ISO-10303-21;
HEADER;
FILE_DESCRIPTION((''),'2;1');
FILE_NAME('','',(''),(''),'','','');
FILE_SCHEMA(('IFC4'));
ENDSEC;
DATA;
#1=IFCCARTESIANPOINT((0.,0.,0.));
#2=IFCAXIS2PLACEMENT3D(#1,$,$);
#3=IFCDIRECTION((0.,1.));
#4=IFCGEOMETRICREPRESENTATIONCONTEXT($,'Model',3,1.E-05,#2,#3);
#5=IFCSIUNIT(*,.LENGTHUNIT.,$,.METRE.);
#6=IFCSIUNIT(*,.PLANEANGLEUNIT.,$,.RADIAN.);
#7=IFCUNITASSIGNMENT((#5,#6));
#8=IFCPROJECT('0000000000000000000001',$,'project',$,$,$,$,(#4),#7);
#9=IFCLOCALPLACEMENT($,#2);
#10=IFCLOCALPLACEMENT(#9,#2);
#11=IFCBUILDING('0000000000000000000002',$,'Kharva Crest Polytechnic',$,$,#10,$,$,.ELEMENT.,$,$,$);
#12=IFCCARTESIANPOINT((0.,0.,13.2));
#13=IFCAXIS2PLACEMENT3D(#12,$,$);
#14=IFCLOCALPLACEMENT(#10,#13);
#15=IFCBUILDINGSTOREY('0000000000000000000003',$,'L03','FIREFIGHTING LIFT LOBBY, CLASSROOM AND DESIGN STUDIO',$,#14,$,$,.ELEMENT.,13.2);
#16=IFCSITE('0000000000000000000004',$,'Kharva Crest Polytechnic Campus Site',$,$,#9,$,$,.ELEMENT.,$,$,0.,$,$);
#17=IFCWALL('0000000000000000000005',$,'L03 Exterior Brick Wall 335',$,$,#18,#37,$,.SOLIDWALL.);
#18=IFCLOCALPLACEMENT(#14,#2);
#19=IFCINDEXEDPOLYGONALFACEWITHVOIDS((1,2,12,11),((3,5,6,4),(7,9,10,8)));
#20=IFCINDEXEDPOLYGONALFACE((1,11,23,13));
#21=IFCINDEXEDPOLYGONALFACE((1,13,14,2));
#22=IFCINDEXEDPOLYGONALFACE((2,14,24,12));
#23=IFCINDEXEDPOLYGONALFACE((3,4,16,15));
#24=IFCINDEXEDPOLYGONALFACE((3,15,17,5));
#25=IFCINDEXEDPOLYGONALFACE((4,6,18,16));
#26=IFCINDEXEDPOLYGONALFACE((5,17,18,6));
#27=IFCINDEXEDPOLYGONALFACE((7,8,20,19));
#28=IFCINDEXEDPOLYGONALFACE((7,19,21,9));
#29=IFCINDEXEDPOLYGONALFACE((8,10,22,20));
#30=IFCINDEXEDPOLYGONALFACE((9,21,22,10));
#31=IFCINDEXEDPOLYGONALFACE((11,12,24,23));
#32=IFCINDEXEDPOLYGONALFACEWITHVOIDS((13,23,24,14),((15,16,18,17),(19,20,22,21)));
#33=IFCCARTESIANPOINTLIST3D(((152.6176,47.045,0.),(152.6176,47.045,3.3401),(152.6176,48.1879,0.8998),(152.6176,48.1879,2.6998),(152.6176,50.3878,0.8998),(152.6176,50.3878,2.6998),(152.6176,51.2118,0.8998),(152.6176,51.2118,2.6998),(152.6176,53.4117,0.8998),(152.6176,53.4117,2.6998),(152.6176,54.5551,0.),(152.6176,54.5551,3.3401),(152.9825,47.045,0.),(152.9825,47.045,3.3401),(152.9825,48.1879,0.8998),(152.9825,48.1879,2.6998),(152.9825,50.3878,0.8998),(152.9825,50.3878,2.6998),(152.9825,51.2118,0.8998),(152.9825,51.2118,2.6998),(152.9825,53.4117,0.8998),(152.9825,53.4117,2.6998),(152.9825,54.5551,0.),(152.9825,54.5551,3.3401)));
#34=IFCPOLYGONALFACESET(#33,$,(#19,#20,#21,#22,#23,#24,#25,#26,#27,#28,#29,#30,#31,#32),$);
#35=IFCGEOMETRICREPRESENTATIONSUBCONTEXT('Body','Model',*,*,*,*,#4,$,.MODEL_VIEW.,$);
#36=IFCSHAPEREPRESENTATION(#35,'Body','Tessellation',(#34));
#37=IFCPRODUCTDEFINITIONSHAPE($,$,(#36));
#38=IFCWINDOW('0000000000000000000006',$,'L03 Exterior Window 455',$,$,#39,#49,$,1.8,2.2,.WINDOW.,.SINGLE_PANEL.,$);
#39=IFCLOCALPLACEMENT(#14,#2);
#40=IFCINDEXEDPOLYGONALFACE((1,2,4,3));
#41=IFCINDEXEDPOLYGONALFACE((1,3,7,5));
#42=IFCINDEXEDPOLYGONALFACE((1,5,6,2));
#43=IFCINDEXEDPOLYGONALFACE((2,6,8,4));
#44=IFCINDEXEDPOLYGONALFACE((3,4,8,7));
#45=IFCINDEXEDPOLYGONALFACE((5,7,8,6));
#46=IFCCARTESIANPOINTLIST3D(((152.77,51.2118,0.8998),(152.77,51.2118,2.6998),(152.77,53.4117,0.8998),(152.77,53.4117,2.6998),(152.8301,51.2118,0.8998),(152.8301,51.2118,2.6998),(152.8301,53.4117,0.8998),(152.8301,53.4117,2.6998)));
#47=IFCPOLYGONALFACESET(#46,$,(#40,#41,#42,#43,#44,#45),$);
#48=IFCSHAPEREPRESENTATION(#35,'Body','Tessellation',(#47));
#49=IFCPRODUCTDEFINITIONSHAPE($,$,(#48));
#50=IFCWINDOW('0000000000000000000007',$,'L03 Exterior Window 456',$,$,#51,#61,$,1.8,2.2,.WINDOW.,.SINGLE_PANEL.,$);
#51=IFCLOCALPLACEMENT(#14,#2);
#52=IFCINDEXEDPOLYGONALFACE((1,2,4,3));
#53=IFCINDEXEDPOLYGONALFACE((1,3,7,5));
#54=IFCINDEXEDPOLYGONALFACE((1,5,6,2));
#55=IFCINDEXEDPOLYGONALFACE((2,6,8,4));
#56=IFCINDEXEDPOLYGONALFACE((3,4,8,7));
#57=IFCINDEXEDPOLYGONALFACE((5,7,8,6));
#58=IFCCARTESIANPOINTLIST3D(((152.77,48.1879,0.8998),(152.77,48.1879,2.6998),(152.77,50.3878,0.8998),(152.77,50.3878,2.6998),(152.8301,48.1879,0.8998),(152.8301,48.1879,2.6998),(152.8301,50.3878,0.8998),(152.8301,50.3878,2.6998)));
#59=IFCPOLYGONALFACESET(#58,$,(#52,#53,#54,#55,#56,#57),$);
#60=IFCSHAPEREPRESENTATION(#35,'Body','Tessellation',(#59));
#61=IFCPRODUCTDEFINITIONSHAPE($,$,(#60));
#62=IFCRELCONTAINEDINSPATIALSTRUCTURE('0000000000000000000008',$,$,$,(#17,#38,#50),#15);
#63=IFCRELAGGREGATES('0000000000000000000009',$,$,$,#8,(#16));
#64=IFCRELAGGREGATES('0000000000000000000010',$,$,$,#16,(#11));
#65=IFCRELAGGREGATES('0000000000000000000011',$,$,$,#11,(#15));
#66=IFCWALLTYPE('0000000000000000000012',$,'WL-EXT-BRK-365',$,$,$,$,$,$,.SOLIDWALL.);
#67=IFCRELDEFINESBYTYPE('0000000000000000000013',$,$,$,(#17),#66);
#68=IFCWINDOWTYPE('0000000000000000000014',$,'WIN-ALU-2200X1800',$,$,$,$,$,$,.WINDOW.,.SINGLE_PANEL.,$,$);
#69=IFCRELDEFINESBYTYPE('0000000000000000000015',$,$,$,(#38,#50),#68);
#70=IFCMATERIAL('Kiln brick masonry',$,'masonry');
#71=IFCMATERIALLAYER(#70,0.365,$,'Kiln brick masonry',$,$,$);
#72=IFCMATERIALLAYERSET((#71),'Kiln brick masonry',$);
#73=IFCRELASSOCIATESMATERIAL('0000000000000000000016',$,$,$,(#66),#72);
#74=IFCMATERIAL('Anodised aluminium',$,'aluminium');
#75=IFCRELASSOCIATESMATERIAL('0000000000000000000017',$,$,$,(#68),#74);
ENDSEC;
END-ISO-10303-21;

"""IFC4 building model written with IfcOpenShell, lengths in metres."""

from ifc_helpers import new_model, si_unit, direction, frame, frame_2d, origin, place, context, subcontext, project, spatial, rectangle, extrude, material, layer, layer_set, type_object, element, fill, save


model = new_model("IFC4")

# Units and contexts
model_context = context("Model", 3, precision=1e-05, world=origin(), true_north=direction((0.0, 1.0)))
body_context = subcontext(model_context, "Body", "Model", "MODEL_VIEW")
ifc_project = project(units=[si_unit("LENGTHUNIT", "METRE"), si_unit("PLANEANGLEUNIT", "RADIAN")], contexts=[model_context])

# Site, building, storey
site_placement = place(None, origin())
site = spatial("IfcSite", under=ifc_project, at=site_placement, Name="Kharva Crest Polytechnic Campus Site", CompositionType="ELEMENT", RefElevation=0.0)
building_placement = place(site_placement, origin())
building = spatial("IfcBuilding", under=site, at=building_placement, Name="Kharva Crest Polytechnic", CompositionType="ELEMENT")
storey_placement = place(building_placement, frame((0.0, 0.0, 13.2)))
storey = spatial("IfcBuildingStorey", under=building, at=storey_placement, Name="L03", Description="FIREFIGHTING LIFT LOBBY, CLASSROOM AND DESIGN STUDIO", CompositionType="ELEMENT", Elevation=13.2)

# Wall, openings, windows
ifc_material_1 = material(Name="Kiln brick masonry", Category="masonry")
ifc_layer_1 = layer(ifc_material_1, 0.365, Name="Kiln brick masonry")
ifc_layer_set_1 = layer_set([ifc_layer_1], Name="Kiln brick masonry")
wall_type = type_object("IfcWallType", Name="WL-EXT-BRK-365", PredefinedType="SOLIDWALL", material=ifc_layer_set_1)
wall_placement = place(storey_placement, frame((152.8, 54.5549, 0.0), z_axis=(0.0, 0.0, 1.0), x_axis=(0.0, -1.0, 0.0)))
wall = element("IfcWall", 1, at=wall_placement, inside=storey, type_object=wall_type, Name="L03 Exterior Brick Wall 335", PredefinedType="SOLIDWALL", context=body_context, shape_type="SweptSolid", body=[
    extrude(rectangle(XDim=7.51, YDim=0.365, at=frame_2d((3.7549, 0.0))), origin(), (0.0, 0.0, 1.0), 3.3401),
])
opening_1_placement = place(wall_placement, frame((1.1431, 0.0, 0.8999)))
opening_1 = element("IfcOpeningElement", 2, at=opening_1_placement, cuts=wall, PredefinedType="OPENING", context=body_context, shape_type="SweptSolid", body=[
    extrude(rectangle(XDim=2.2, YDim=1.8, at=frame_2d((1.1001, 0.8999))), frame((0.0, 0.1924, 0.0), z_axis=(0.0, -1.0, 0.0), x_axis=(1.0, 0.0, 0.0)), (0.0, 0.0, 1.0), 0.385),
])
opening_2_placement = place(wall_placement, frame((4.167, 0.0, 0.8999)))
opening_2 = element("IfcOpeningElement", 3, at=opening_2_placement, cuts=wall, PredefinedType="OPENING", context=body_context, shape_type="SweptSolid", body=[
    extrude(rectangle(XDim=2.2, YDim=1.8, at=frame_2d((1.1001, 0.8999))), frame((0.0, 0.1924, 0.0), z_axis=(0.0, -1.0, 0.0), x_axis=(1.0, 0.0, 0.0)), (0.0, 0.0, 1.0), 0.385),
])
ifc_material_2 = material(Name="Anodised aluminium", Category="aluminium")
window_type = type_object("IfcWindowType", Name="WIN-ALU-2200X1800", PartitioningType="SINGLE_PANEL", PredefinedType="WINDOW", material=ifc_material_2)
window_1_placement = place(opening_1_placement, origin())
window_1 = element("IfcWindow", 4, at=window_1_placement, inside=storey, type_object=window_type, Name="L03 Exterior Window 455", OverallHeight=1.8, OverallWidth=2.2, PartitioningType="SINGLE_PANEL", PredefinedType="WINDOW", context=body_context, shape_type="SweptSolid", body=[
    extrude(rectangle(XDim=2.2, YDim=1.8, at=frame_2d((1.1001, 0.8999))), frame((0.0, 0.03, 0.0), z_axis=(0.0, -1.0, 0.0), x_axis=(1.0, 0.0, 0.0)), (0.0, 0.0, 1.0), 0.0601),
])
fill(opening_1, window_1)
window_2_placement = place(opening_2_placement, origin())
window_2 = element("IfcWindow", 5, at=window_2_placement, inside=storey, type_object=window_type, Name="L03 Exterior Window 456", OverallHeight=1.8, OverallWidth=2.2, PartitioningType="SINGLE_PANEL", PredefinedType="WINDOW", context=body_context, shape_type="SweptSolid", body=[
    extrude(rectangle(XDim=2.2, YDim=1.8, at=frame_2d((1.1001, 0.8999))), frame((0.0, 0.03, 0.0), z_axis=(0.0, -1.0, 0.0), x_axis=(1.0, 0.0, 0.0)), (0.0, 0.0, 1.0), 0.0601),
])
fill(opening_2, window_2)

save(model, "model.ifc")
